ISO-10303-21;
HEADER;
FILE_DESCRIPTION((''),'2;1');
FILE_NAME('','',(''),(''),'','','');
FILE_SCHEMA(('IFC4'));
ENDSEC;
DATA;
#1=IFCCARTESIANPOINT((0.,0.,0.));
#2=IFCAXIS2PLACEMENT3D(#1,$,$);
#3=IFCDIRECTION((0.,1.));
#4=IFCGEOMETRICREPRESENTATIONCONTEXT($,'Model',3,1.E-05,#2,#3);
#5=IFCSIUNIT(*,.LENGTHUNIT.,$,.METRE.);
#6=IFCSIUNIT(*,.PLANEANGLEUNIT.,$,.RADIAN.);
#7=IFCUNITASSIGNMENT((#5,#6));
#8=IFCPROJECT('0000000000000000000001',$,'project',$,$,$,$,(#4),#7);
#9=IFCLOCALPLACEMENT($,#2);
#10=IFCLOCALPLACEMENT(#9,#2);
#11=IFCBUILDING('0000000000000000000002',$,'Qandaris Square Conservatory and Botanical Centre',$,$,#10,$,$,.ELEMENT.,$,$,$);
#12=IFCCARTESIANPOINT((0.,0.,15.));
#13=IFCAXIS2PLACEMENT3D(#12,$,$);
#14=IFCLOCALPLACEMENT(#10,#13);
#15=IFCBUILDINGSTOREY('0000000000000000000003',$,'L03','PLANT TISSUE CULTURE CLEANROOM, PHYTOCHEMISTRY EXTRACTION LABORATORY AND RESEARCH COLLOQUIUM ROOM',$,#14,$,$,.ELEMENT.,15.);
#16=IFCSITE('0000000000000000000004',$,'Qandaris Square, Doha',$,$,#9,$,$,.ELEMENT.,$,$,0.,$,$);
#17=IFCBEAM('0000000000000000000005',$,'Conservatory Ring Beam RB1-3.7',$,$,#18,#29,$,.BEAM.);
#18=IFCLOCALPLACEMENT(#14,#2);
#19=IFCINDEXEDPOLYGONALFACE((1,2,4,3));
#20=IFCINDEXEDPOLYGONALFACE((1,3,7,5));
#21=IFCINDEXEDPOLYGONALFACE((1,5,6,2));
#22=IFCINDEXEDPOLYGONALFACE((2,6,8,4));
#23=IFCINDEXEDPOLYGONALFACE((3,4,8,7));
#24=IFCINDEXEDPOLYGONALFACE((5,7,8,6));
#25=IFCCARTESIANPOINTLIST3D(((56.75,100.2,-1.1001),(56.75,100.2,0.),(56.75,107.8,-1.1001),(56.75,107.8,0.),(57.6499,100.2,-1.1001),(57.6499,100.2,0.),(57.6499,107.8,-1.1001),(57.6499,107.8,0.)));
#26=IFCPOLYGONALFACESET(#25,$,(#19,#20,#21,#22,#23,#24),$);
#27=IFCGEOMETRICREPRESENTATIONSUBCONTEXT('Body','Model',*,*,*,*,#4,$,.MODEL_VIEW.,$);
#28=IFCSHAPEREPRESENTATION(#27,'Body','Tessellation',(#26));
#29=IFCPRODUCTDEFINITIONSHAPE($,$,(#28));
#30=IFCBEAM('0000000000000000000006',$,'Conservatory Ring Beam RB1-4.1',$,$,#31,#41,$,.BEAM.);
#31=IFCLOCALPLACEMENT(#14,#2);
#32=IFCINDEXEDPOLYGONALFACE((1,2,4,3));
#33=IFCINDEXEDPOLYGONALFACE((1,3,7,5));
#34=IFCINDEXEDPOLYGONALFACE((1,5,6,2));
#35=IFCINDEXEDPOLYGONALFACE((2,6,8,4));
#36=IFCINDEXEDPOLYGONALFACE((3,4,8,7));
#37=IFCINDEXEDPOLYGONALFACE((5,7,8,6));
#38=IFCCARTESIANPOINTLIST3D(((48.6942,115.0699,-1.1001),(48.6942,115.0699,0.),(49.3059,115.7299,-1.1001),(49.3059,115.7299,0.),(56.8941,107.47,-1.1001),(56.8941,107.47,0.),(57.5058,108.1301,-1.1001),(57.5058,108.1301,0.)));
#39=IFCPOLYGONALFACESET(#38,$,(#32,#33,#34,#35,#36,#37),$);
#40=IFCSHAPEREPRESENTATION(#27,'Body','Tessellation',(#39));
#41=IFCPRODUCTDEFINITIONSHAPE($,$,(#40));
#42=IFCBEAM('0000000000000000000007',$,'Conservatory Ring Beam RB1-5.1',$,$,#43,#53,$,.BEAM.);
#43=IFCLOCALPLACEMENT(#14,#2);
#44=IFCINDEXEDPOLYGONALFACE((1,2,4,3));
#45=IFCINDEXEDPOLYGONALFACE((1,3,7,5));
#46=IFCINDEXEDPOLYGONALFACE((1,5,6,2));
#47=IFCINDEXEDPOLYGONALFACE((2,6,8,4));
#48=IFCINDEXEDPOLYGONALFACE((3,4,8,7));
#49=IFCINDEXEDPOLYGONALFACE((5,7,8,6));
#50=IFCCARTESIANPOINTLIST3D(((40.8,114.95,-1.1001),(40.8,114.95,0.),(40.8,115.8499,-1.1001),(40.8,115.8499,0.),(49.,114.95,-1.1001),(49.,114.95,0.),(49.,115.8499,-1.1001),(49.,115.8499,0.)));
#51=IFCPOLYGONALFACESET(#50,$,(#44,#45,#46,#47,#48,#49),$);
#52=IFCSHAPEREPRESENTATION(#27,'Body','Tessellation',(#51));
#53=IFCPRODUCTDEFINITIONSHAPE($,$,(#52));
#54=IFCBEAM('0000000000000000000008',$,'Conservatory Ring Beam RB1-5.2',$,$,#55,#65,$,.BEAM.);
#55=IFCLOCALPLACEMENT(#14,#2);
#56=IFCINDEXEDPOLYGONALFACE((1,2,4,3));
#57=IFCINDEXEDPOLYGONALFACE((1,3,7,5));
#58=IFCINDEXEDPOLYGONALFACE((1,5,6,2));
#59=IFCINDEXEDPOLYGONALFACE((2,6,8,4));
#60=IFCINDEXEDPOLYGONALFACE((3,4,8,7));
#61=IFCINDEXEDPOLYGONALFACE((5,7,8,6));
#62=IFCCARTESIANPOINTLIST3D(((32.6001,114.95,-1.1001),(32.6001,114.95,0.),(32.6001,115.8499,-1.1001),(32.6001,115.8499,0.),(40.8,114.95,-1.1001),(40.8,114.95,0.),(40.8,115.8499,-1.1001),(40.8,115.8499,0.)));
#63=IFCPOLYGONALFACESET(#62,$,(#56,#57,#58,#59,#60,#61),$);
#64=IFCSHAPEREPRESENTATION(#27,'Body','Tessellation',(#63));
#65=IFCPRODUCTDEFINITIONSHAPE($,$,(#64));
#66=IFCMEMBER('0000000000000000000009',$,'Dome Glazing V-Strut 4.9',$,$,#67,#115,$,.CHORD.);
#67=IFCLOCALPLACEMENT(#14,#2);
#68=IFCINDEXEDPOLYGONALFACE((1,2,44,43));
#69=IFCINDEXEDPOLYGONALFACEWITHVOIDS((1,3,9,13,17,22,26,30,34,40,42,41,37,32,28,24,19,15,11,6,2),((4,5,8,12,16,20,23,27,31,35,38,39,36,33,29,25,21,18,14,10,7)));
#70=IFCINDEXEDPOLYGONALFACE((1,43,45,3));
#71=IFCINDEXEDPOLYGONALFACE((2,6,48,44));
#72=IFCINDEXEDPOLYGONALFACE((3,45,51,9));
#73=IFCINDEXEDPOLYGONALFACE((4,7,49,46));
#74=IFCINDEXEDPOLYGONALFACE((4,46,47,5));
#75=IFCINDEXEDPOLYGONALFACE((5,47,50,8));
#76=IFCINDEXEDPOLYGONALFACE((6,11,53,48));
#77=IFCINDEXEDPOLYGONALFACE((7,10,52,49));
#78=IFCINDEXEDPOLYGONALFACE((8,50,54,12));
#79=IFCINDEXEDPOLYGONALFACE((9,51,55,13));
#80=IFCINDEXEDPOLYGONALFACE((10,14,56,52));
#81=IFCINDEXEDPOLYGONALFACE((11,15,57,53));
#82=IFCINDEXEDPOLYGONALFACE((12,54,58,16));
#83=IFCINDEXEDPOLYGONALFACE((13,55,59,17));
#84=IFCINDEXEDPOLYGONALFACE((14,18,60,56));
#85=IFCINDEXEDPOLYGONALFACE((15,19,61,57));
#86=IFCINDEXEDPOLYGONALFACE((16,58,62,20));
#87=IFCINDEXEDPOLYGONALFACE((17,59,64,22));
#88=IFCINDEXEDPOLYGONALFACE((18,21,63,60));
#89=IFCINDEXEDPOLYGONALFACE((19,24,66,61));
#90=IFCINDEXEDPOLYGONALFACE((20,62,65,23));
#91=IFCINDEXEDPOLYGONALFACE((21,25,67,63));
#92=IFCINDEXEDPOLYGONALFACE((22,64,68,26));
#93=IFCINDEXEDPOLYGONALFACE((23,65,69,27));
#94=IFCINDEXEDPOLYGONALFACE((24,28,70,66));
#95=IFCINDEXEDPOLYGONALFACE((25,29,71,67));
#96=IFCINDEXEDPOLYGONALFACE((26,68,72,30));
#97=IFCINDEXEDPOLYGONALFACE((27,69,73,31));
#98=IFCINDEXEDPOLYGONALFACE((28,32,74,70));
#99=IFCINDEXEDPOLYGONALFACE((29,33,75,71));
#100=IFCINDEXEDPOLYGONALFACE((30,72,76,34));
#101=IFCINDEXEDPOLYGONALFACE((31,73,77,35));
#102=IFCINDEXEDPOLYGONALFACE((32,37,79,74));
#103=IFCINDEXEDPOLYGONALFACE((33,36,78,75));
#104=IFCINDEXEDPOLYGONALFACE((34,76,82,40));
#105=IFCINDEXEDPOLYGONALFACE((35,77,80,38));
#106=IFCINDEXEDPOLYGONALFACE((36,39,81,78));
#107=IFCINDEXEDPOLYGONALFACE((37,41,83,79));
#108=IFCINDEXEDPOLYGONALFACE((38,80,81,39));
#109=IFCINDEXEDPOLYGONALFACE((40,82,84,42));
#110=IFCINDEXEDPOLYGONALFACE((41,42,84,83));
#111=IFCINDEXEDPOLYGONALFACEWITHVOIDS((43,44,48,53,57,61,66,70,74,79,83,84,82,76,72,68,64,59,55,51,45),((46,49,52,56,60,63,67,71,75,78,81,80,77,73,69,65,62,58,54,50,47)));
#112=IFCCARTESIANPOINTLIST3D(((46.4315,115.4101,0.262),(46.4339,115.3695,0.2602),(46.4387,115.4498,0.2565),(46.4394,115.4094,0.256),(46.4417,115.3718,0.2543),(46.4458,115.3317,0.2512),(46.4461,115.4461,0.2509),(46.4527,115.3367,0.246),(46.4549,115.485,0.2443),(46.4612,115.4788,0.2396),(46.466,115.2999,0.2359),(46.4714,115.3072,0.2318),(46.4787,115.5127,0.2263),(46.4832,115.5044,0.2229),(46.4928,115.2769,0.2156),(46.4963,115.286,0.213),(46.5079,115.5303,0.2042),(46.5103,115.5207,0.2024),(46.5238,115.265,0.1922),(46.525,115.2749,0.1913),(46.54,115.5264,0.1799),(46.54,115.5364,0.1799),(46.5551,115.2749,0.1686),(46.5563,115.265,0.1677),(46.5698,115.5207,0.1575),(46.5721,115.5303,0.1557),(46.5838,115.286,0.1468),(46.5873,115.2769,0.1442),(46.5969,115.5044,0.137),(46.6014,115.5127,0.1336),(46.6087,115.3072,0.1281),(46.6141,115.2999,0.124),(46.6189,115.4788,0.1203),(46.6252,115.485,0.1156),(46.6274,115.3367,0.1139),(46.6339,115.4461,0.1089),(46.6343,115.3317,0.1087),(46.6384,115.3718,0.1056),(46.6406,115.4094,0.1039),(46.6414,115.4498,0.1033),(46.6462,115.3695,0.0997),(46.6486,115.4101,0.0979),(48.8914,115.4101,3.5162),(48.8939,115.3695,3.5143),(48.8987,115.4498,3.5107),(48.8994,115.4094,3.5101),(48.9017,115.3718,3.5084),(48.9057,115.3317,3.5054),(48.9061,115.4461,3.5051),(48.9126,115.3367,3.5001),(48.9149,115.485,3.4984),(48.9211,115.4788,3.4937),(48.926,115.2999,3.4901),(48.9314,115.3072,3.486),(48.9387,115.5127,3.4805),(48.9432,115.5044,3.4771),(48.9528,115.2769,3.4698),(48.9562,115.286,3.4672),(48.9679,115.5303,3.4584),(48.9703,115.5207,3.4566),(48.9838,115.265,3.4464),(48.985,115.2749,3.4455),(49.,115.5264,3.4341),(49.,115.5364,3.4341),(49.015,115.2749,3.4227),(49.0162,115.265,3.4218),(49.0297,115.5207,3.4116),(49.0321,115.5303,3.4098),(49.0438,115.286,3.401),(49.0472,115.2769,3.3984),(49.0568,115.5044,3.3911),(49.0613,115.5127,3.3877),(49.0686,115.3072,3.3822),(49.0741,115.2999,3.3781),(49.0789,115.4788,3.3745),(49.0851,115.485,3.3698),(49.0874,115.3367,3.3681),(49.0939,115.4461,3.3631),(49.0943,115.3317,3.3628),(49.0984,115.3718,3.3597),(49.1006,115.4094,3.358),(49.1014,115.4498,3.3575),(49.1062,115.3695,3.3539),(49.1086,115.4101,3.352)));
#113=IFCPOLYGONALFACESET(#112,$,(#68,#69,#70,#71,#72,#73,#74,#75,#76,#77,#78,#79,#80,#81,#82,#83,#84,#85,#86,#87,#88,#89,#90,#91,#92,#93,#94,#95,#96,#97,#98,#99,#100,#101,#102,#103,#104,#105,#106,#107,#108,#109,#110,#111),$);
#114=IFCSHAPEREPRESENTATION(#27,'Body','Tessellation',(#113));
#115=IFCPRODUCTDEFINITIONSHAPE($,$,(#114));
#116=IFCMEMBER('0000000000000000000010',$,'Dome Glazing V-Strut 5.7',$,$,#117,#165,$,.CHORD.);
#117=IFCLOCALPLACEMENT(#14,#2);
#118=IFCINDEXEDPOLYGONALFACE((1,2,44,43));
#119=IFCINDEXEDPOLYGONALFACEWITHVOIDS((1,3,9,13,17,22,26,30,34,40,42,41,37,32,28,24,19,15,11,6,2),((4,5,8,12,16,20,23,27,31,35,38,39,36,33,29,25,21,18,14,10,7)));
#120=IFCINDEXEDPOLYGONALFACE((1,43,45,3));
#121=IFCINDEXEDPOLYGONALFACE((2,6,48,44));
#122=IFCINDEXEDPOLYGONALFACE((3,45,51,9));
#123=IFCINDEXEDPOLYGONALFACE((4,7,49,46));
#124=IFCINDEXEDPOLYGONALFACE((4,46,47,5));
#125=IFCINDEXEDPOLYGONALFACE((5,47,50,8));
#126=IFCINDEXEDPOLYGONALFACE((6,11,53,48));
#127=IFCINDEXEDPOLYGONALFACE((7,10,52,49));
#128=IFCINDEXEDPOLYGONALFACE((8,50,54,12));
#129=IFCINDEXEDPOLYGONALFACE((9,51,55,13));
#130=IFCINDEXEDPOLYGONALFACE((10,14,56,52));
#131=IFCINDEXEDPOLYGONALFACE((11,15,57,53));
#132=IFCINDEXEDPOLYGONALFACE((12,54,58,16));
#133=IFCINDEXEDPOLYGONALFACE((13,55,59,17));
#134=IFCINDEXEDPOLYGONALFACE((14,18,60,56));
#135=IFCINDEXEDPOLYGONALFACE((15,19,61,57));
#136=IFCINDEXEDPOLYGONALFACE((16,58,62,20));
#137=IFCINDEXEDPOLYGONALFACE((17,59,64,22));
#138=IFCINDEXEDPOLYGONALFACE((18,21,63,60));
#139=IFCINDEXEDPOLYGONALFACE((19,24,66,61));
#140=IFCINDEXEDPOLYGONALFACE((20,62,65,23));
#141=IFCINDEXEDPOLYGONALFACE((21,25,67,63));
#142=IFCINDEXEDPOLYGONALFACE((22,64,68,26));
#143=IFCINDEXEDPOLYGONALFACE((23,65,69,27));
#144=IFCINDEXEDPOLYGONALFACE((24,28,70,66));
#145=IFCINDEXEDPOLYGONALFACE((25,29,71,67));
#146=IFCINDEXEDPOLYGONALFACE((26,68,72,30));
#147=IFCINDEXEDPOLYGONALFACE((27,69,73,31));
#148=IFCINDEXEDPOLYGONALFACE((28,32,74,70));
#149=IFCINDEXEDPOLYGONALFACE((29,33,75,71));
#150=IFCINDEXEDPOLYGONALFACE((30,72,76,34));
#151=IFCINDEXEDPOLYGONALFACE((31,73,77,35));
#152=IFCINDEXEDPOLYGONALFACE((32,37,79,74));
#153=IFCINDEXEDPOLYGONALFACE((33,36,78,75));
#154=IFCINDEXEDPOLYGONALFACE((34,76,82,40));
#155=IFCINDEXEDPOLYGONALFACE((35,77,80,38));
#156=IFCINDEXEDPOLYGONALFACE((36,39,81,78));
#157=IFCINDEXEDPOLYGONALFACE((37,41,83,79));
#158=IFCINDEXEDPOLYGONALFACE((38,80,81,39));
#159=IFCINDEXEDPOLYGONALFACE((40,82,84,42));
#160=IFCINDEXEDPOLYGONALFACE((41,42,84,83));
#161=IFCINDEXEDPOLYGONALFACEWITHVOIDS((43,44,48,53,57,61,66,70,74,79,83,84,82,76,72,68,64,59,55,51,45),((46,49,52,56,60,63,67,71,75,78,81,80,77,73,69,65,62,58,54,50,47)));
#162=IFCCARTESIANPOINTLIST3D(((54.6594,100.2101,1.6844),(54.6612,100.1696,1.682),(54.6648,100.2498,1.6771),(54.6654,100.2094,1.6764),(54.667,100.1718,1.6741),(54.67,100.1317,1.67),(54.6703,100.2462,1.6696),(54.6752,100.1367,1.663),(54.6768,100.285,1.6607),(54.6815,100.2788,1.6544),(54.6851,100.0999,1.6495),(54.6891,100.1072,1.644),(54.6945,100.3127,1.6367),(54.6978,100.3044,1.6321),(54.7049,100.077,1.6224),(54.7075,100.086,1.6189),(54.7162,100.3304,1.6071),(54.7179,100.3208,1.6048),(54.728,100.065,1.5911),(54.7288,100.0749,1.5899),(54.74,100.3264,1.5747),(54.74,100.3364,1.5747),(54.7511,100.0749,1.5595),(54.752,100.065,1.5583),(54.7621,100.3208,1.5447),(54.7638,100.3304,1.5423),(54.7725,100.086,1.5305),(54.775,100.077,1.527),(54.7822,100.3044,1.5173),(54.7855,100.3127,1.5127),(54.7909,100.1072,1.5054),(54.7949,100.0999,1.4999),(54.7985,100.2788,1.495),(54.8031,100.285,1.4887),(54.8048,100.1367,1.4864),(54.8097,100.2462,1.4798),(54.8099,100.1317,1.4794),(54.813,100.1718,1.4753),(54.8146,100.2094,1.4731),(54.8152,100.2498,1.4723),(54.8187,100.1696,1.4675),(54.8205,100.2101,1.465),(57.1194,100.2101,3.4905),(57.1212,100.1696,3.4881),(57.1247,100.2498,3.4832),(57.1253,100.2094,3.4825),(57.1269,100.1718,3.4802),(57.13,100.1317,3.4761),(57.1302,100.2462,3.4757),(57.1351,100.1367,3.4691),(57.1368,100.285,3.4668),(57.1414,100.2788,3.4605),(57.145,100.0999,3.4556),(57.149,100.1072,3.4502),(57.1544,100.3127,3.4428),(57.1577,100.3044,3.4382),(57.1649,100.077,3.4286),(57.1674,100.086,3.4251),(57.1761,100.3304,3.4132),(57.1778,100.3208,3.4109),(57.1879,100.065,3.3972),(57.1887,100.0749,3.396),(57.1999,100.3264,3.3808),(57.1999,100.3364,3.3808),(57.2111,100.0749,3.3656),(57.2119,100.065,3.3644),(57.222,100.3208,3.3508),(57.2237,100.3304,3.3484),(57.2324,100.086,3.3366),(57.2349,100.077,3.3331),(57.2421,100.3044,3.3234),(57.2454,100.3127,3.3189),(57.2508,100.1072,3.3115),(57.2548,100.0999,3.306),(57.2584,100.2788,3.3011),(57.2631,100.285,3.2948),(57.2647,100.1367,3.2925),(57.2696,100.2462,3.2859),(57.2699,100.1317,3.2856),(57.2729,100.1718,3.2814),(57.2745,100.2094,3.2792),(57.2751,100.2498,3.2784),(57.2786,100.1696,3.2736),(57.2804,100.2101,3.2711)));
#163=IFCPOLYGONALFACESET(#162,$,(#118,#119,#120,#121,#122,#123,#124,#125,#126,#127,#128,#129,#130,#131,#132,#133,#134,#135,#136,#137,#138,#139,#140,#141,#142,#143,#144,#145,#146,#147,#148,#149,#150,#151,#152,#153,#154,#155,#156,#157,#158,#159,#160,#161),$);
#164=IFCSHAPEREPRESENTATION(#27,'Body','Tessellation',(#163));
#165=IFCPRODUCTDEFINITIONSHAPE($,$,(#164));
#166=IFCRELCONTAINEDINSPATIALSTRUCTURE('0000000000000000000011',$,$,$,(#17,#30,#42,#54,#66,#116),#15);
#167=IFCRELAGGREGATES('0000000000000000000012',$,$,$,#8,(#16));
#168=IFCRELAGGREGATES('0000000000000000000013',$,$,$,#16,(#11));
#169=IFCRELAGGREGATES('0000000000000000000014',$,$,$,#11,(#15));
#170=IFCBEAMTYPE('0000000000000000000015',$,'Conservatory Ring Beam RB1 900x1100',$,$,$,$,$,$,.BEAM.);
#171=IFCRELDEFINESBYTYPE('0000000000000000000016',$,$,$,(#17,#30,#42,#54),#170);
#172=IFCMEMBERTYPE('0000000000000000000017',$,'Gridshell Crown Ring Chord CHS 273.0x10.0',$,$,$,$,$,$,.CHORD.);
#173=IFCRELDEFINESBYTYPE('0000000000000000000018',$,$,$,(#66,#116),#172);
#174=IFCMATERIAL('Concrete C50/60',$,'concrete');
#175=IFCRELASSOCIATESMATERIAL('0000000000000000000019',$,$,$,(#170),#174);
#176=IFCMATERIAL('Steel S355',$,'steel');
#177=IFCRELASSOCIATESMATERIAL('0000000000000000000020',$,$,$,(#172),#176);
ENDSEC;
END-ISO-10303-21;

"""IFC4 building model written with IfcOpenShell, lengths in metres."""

from ifc_helpers import new_model, si_unit, direction, frame, origin, origin_2d, place, context, subcontext, project, spatial, rectangle, hollow_circle, extrude, material, material_profile, profile_set, type_object, element, save


model = new_model("IFC4")

# Units and contexts
model_context = context("Model", 3, precision=1e-05, world=origin(), true_north=direction((0.0, 1.0)))
body_context = subcontext(model_context, "Body", "Model", "MODEL_VIEW")
ifc_project = project(units=[si_unit("LENGTHUNIT", "METRE"), si_unit("PLANEANGLEUNIT", "RADIAN")], contexts=[model_context])

# Site, building, storey
site_placement = place(None, origin())
site = spatial("IfcSite", under=ifc_project, at=site_placement, Name="Qandaris Square, Doha", CompositionType="ELEMENT", RefElevation=0.0)
building_placement = place(site_placement, origin())
building = spatial("IfcBuilding", under=site, at=building_placement, Name="Qandaris Square Conservatory and Botanical Centre", CompositionType="ELEMENT")
storey_placement = place(building_placement, frame((0.0, 0.0, 15.0)))
storey = spatial("IfcBuildingStorey", under=building, at=storey_placement, Name="L03", Description="PLANT TISSUE CULTURE CLEANROOM, PHYTOCHEMISTRY EXTRACTION LABORATORY AND RESEARCH COLLOQUIUM ROOM", CompositionType="ELEMENT", Elevation=15.0)

# Beams
ifc_material_1 = material(Name="Concrete C50/60", Category="concrete")
ifc_material_profile_1 = material_profile(ifc_material_1, rectangle(XDim=0.8999, YDim=1.1001, at=origin_2d()), Name="RC-RB 900x1100")
ifc_profile_set_1 = profile_set([ifc_material_profile_1], Name="Concrete C50/60")
beam_type = type_object("IfcBeamType", Name="Conservatory Ring Beam RB1 900x1100", PredefinedType="BEAM", material=ifc_profile_set_1)
beam_1_placement = place(storey_placement, frame((57.2, 100.2, -0.55), z_axis=(0.0, 1.0, 0.0), x_axis=(-1.0, 0.0, 0.0)))
element("IfcBeam", 1, at=beam_1_placement, inside=storey, type_object=beam_type, Name="Conservatory Ring Beam RB1-3.7", PredefinedType="BEAM", context=body_context, shape_type="SweptSolid", body=[
    extrude(rectangle(XDim=0.8999, YDim=1.1001, at=origin_2d()), origin(), (0.0, 0.0, 1.0), 7.6001),
])
beam_2_placement = place(storey_placement, frame((57.2, 107.8, -0.55), z_axis=(-0.733435, 0.67976, 0.0), x_axis=(-0.67976, -0.733435, 0.0)))
element("IfcBeam", 2, at=beam_2_placement, inside=storey, type_object=beam_type, Name="Conservatory Ring Beam RB1-4.1", PredefinedType="BEAM", context=body_context, shape_type="SweptSolid", body=[
    extrude(rectangle(XDim=0.8999, YDim=1.1001, at=origin_2d()), origin(), (0.0, 0.0, 1.0), 11.1802),
])
for number, where, z_axis, x_axis, name in (
    (3, (49.0, 115.3999, -0.55), (-1.0, 0.0, 0.0), (0.0, -1.0, 0.0), "Conservatory Ring Beam RB1-5.1"),
    (4, (40.8, 115.3999, -0.55), (-1.0, 0.0, 0.0), (0.0, -1.0, 0.0), "Conservatory Ring Beam RB1-5.2"),
):
    element("IfcBeam", number, at=place(storey_placement, frame(where, z_axis=z_axis, x_axis=x_axis)), inside=storey, type_object=beam_type, Name=name, PredefinedType="BEAM", context=body_context, shape_type="SweptSolid", body=[
        extrude(rectangle(XDim=0.8999, YDim=1.1001, at=origin_2d()), origin(), (0.0, 0.0, 1.0), 8.2),
    ])

# Members
ifc_material_2 = material(Name="Steel S355", Category="steel")
ifc_material_profile_2 = material_profile(ifc_material_2, hollow_circle(Radius=0.1365, WallThickness=0.01, at=origin_2d()), Name="CHS 273.0x10.0")
ifc_profile_set_2 = profile_set([ifc_material_profile_2], Name="Steel S355")
member_type_1 = type_object("IfcMemberType", Name="Gridshell Crown Ring Chord CHS 273.0x10.0", PredefinedType="CHORD", material=ifc_profile_set_2)
member_1_placement = place(storey_placement, frame((46.54, 115.3999, 0.1799), z_axis=(0.603031, 0.0, 0.797718), x_axis=(0.0, 1.0, 0.0)))
element("IfcMember", 5, at=member_1_placement, inside=storey, type_object=member_type_1, Name="Dome Glazing V-Strut 4.9", PredefinedType="CHORD", context=body_context, shape_type="SweptSolid", body=[
    extrude(hollow_circle(Radius=0.1365, WallThickness=0.01, at=origin_2d()), origin(), (0.0, 0.0, 1.0), 4.0793),
])
member_2_placement = place(storey_placement, frame((54.74, 100.2, 1.5747), z_axis=(0.806064, 0.0, 0.591828), x_axis=(0.0, 1.0, 0.0)))
element("IfcMember", 6, at=member_2_placement, inside=storey, type_object=member_type_1, Name="Dome Glazing V-Strut 5.7", PredefinedType="CHORD", context=body_context, shape_type="SweptSolid", body=[
    extrude(hollow_circle(Radius=0.1365, WallThickness=0.01, at=origin_2d()), origin(), (0.0, 0.0, 1.0), 3.0518),
])

save(model, "model.ifc")
